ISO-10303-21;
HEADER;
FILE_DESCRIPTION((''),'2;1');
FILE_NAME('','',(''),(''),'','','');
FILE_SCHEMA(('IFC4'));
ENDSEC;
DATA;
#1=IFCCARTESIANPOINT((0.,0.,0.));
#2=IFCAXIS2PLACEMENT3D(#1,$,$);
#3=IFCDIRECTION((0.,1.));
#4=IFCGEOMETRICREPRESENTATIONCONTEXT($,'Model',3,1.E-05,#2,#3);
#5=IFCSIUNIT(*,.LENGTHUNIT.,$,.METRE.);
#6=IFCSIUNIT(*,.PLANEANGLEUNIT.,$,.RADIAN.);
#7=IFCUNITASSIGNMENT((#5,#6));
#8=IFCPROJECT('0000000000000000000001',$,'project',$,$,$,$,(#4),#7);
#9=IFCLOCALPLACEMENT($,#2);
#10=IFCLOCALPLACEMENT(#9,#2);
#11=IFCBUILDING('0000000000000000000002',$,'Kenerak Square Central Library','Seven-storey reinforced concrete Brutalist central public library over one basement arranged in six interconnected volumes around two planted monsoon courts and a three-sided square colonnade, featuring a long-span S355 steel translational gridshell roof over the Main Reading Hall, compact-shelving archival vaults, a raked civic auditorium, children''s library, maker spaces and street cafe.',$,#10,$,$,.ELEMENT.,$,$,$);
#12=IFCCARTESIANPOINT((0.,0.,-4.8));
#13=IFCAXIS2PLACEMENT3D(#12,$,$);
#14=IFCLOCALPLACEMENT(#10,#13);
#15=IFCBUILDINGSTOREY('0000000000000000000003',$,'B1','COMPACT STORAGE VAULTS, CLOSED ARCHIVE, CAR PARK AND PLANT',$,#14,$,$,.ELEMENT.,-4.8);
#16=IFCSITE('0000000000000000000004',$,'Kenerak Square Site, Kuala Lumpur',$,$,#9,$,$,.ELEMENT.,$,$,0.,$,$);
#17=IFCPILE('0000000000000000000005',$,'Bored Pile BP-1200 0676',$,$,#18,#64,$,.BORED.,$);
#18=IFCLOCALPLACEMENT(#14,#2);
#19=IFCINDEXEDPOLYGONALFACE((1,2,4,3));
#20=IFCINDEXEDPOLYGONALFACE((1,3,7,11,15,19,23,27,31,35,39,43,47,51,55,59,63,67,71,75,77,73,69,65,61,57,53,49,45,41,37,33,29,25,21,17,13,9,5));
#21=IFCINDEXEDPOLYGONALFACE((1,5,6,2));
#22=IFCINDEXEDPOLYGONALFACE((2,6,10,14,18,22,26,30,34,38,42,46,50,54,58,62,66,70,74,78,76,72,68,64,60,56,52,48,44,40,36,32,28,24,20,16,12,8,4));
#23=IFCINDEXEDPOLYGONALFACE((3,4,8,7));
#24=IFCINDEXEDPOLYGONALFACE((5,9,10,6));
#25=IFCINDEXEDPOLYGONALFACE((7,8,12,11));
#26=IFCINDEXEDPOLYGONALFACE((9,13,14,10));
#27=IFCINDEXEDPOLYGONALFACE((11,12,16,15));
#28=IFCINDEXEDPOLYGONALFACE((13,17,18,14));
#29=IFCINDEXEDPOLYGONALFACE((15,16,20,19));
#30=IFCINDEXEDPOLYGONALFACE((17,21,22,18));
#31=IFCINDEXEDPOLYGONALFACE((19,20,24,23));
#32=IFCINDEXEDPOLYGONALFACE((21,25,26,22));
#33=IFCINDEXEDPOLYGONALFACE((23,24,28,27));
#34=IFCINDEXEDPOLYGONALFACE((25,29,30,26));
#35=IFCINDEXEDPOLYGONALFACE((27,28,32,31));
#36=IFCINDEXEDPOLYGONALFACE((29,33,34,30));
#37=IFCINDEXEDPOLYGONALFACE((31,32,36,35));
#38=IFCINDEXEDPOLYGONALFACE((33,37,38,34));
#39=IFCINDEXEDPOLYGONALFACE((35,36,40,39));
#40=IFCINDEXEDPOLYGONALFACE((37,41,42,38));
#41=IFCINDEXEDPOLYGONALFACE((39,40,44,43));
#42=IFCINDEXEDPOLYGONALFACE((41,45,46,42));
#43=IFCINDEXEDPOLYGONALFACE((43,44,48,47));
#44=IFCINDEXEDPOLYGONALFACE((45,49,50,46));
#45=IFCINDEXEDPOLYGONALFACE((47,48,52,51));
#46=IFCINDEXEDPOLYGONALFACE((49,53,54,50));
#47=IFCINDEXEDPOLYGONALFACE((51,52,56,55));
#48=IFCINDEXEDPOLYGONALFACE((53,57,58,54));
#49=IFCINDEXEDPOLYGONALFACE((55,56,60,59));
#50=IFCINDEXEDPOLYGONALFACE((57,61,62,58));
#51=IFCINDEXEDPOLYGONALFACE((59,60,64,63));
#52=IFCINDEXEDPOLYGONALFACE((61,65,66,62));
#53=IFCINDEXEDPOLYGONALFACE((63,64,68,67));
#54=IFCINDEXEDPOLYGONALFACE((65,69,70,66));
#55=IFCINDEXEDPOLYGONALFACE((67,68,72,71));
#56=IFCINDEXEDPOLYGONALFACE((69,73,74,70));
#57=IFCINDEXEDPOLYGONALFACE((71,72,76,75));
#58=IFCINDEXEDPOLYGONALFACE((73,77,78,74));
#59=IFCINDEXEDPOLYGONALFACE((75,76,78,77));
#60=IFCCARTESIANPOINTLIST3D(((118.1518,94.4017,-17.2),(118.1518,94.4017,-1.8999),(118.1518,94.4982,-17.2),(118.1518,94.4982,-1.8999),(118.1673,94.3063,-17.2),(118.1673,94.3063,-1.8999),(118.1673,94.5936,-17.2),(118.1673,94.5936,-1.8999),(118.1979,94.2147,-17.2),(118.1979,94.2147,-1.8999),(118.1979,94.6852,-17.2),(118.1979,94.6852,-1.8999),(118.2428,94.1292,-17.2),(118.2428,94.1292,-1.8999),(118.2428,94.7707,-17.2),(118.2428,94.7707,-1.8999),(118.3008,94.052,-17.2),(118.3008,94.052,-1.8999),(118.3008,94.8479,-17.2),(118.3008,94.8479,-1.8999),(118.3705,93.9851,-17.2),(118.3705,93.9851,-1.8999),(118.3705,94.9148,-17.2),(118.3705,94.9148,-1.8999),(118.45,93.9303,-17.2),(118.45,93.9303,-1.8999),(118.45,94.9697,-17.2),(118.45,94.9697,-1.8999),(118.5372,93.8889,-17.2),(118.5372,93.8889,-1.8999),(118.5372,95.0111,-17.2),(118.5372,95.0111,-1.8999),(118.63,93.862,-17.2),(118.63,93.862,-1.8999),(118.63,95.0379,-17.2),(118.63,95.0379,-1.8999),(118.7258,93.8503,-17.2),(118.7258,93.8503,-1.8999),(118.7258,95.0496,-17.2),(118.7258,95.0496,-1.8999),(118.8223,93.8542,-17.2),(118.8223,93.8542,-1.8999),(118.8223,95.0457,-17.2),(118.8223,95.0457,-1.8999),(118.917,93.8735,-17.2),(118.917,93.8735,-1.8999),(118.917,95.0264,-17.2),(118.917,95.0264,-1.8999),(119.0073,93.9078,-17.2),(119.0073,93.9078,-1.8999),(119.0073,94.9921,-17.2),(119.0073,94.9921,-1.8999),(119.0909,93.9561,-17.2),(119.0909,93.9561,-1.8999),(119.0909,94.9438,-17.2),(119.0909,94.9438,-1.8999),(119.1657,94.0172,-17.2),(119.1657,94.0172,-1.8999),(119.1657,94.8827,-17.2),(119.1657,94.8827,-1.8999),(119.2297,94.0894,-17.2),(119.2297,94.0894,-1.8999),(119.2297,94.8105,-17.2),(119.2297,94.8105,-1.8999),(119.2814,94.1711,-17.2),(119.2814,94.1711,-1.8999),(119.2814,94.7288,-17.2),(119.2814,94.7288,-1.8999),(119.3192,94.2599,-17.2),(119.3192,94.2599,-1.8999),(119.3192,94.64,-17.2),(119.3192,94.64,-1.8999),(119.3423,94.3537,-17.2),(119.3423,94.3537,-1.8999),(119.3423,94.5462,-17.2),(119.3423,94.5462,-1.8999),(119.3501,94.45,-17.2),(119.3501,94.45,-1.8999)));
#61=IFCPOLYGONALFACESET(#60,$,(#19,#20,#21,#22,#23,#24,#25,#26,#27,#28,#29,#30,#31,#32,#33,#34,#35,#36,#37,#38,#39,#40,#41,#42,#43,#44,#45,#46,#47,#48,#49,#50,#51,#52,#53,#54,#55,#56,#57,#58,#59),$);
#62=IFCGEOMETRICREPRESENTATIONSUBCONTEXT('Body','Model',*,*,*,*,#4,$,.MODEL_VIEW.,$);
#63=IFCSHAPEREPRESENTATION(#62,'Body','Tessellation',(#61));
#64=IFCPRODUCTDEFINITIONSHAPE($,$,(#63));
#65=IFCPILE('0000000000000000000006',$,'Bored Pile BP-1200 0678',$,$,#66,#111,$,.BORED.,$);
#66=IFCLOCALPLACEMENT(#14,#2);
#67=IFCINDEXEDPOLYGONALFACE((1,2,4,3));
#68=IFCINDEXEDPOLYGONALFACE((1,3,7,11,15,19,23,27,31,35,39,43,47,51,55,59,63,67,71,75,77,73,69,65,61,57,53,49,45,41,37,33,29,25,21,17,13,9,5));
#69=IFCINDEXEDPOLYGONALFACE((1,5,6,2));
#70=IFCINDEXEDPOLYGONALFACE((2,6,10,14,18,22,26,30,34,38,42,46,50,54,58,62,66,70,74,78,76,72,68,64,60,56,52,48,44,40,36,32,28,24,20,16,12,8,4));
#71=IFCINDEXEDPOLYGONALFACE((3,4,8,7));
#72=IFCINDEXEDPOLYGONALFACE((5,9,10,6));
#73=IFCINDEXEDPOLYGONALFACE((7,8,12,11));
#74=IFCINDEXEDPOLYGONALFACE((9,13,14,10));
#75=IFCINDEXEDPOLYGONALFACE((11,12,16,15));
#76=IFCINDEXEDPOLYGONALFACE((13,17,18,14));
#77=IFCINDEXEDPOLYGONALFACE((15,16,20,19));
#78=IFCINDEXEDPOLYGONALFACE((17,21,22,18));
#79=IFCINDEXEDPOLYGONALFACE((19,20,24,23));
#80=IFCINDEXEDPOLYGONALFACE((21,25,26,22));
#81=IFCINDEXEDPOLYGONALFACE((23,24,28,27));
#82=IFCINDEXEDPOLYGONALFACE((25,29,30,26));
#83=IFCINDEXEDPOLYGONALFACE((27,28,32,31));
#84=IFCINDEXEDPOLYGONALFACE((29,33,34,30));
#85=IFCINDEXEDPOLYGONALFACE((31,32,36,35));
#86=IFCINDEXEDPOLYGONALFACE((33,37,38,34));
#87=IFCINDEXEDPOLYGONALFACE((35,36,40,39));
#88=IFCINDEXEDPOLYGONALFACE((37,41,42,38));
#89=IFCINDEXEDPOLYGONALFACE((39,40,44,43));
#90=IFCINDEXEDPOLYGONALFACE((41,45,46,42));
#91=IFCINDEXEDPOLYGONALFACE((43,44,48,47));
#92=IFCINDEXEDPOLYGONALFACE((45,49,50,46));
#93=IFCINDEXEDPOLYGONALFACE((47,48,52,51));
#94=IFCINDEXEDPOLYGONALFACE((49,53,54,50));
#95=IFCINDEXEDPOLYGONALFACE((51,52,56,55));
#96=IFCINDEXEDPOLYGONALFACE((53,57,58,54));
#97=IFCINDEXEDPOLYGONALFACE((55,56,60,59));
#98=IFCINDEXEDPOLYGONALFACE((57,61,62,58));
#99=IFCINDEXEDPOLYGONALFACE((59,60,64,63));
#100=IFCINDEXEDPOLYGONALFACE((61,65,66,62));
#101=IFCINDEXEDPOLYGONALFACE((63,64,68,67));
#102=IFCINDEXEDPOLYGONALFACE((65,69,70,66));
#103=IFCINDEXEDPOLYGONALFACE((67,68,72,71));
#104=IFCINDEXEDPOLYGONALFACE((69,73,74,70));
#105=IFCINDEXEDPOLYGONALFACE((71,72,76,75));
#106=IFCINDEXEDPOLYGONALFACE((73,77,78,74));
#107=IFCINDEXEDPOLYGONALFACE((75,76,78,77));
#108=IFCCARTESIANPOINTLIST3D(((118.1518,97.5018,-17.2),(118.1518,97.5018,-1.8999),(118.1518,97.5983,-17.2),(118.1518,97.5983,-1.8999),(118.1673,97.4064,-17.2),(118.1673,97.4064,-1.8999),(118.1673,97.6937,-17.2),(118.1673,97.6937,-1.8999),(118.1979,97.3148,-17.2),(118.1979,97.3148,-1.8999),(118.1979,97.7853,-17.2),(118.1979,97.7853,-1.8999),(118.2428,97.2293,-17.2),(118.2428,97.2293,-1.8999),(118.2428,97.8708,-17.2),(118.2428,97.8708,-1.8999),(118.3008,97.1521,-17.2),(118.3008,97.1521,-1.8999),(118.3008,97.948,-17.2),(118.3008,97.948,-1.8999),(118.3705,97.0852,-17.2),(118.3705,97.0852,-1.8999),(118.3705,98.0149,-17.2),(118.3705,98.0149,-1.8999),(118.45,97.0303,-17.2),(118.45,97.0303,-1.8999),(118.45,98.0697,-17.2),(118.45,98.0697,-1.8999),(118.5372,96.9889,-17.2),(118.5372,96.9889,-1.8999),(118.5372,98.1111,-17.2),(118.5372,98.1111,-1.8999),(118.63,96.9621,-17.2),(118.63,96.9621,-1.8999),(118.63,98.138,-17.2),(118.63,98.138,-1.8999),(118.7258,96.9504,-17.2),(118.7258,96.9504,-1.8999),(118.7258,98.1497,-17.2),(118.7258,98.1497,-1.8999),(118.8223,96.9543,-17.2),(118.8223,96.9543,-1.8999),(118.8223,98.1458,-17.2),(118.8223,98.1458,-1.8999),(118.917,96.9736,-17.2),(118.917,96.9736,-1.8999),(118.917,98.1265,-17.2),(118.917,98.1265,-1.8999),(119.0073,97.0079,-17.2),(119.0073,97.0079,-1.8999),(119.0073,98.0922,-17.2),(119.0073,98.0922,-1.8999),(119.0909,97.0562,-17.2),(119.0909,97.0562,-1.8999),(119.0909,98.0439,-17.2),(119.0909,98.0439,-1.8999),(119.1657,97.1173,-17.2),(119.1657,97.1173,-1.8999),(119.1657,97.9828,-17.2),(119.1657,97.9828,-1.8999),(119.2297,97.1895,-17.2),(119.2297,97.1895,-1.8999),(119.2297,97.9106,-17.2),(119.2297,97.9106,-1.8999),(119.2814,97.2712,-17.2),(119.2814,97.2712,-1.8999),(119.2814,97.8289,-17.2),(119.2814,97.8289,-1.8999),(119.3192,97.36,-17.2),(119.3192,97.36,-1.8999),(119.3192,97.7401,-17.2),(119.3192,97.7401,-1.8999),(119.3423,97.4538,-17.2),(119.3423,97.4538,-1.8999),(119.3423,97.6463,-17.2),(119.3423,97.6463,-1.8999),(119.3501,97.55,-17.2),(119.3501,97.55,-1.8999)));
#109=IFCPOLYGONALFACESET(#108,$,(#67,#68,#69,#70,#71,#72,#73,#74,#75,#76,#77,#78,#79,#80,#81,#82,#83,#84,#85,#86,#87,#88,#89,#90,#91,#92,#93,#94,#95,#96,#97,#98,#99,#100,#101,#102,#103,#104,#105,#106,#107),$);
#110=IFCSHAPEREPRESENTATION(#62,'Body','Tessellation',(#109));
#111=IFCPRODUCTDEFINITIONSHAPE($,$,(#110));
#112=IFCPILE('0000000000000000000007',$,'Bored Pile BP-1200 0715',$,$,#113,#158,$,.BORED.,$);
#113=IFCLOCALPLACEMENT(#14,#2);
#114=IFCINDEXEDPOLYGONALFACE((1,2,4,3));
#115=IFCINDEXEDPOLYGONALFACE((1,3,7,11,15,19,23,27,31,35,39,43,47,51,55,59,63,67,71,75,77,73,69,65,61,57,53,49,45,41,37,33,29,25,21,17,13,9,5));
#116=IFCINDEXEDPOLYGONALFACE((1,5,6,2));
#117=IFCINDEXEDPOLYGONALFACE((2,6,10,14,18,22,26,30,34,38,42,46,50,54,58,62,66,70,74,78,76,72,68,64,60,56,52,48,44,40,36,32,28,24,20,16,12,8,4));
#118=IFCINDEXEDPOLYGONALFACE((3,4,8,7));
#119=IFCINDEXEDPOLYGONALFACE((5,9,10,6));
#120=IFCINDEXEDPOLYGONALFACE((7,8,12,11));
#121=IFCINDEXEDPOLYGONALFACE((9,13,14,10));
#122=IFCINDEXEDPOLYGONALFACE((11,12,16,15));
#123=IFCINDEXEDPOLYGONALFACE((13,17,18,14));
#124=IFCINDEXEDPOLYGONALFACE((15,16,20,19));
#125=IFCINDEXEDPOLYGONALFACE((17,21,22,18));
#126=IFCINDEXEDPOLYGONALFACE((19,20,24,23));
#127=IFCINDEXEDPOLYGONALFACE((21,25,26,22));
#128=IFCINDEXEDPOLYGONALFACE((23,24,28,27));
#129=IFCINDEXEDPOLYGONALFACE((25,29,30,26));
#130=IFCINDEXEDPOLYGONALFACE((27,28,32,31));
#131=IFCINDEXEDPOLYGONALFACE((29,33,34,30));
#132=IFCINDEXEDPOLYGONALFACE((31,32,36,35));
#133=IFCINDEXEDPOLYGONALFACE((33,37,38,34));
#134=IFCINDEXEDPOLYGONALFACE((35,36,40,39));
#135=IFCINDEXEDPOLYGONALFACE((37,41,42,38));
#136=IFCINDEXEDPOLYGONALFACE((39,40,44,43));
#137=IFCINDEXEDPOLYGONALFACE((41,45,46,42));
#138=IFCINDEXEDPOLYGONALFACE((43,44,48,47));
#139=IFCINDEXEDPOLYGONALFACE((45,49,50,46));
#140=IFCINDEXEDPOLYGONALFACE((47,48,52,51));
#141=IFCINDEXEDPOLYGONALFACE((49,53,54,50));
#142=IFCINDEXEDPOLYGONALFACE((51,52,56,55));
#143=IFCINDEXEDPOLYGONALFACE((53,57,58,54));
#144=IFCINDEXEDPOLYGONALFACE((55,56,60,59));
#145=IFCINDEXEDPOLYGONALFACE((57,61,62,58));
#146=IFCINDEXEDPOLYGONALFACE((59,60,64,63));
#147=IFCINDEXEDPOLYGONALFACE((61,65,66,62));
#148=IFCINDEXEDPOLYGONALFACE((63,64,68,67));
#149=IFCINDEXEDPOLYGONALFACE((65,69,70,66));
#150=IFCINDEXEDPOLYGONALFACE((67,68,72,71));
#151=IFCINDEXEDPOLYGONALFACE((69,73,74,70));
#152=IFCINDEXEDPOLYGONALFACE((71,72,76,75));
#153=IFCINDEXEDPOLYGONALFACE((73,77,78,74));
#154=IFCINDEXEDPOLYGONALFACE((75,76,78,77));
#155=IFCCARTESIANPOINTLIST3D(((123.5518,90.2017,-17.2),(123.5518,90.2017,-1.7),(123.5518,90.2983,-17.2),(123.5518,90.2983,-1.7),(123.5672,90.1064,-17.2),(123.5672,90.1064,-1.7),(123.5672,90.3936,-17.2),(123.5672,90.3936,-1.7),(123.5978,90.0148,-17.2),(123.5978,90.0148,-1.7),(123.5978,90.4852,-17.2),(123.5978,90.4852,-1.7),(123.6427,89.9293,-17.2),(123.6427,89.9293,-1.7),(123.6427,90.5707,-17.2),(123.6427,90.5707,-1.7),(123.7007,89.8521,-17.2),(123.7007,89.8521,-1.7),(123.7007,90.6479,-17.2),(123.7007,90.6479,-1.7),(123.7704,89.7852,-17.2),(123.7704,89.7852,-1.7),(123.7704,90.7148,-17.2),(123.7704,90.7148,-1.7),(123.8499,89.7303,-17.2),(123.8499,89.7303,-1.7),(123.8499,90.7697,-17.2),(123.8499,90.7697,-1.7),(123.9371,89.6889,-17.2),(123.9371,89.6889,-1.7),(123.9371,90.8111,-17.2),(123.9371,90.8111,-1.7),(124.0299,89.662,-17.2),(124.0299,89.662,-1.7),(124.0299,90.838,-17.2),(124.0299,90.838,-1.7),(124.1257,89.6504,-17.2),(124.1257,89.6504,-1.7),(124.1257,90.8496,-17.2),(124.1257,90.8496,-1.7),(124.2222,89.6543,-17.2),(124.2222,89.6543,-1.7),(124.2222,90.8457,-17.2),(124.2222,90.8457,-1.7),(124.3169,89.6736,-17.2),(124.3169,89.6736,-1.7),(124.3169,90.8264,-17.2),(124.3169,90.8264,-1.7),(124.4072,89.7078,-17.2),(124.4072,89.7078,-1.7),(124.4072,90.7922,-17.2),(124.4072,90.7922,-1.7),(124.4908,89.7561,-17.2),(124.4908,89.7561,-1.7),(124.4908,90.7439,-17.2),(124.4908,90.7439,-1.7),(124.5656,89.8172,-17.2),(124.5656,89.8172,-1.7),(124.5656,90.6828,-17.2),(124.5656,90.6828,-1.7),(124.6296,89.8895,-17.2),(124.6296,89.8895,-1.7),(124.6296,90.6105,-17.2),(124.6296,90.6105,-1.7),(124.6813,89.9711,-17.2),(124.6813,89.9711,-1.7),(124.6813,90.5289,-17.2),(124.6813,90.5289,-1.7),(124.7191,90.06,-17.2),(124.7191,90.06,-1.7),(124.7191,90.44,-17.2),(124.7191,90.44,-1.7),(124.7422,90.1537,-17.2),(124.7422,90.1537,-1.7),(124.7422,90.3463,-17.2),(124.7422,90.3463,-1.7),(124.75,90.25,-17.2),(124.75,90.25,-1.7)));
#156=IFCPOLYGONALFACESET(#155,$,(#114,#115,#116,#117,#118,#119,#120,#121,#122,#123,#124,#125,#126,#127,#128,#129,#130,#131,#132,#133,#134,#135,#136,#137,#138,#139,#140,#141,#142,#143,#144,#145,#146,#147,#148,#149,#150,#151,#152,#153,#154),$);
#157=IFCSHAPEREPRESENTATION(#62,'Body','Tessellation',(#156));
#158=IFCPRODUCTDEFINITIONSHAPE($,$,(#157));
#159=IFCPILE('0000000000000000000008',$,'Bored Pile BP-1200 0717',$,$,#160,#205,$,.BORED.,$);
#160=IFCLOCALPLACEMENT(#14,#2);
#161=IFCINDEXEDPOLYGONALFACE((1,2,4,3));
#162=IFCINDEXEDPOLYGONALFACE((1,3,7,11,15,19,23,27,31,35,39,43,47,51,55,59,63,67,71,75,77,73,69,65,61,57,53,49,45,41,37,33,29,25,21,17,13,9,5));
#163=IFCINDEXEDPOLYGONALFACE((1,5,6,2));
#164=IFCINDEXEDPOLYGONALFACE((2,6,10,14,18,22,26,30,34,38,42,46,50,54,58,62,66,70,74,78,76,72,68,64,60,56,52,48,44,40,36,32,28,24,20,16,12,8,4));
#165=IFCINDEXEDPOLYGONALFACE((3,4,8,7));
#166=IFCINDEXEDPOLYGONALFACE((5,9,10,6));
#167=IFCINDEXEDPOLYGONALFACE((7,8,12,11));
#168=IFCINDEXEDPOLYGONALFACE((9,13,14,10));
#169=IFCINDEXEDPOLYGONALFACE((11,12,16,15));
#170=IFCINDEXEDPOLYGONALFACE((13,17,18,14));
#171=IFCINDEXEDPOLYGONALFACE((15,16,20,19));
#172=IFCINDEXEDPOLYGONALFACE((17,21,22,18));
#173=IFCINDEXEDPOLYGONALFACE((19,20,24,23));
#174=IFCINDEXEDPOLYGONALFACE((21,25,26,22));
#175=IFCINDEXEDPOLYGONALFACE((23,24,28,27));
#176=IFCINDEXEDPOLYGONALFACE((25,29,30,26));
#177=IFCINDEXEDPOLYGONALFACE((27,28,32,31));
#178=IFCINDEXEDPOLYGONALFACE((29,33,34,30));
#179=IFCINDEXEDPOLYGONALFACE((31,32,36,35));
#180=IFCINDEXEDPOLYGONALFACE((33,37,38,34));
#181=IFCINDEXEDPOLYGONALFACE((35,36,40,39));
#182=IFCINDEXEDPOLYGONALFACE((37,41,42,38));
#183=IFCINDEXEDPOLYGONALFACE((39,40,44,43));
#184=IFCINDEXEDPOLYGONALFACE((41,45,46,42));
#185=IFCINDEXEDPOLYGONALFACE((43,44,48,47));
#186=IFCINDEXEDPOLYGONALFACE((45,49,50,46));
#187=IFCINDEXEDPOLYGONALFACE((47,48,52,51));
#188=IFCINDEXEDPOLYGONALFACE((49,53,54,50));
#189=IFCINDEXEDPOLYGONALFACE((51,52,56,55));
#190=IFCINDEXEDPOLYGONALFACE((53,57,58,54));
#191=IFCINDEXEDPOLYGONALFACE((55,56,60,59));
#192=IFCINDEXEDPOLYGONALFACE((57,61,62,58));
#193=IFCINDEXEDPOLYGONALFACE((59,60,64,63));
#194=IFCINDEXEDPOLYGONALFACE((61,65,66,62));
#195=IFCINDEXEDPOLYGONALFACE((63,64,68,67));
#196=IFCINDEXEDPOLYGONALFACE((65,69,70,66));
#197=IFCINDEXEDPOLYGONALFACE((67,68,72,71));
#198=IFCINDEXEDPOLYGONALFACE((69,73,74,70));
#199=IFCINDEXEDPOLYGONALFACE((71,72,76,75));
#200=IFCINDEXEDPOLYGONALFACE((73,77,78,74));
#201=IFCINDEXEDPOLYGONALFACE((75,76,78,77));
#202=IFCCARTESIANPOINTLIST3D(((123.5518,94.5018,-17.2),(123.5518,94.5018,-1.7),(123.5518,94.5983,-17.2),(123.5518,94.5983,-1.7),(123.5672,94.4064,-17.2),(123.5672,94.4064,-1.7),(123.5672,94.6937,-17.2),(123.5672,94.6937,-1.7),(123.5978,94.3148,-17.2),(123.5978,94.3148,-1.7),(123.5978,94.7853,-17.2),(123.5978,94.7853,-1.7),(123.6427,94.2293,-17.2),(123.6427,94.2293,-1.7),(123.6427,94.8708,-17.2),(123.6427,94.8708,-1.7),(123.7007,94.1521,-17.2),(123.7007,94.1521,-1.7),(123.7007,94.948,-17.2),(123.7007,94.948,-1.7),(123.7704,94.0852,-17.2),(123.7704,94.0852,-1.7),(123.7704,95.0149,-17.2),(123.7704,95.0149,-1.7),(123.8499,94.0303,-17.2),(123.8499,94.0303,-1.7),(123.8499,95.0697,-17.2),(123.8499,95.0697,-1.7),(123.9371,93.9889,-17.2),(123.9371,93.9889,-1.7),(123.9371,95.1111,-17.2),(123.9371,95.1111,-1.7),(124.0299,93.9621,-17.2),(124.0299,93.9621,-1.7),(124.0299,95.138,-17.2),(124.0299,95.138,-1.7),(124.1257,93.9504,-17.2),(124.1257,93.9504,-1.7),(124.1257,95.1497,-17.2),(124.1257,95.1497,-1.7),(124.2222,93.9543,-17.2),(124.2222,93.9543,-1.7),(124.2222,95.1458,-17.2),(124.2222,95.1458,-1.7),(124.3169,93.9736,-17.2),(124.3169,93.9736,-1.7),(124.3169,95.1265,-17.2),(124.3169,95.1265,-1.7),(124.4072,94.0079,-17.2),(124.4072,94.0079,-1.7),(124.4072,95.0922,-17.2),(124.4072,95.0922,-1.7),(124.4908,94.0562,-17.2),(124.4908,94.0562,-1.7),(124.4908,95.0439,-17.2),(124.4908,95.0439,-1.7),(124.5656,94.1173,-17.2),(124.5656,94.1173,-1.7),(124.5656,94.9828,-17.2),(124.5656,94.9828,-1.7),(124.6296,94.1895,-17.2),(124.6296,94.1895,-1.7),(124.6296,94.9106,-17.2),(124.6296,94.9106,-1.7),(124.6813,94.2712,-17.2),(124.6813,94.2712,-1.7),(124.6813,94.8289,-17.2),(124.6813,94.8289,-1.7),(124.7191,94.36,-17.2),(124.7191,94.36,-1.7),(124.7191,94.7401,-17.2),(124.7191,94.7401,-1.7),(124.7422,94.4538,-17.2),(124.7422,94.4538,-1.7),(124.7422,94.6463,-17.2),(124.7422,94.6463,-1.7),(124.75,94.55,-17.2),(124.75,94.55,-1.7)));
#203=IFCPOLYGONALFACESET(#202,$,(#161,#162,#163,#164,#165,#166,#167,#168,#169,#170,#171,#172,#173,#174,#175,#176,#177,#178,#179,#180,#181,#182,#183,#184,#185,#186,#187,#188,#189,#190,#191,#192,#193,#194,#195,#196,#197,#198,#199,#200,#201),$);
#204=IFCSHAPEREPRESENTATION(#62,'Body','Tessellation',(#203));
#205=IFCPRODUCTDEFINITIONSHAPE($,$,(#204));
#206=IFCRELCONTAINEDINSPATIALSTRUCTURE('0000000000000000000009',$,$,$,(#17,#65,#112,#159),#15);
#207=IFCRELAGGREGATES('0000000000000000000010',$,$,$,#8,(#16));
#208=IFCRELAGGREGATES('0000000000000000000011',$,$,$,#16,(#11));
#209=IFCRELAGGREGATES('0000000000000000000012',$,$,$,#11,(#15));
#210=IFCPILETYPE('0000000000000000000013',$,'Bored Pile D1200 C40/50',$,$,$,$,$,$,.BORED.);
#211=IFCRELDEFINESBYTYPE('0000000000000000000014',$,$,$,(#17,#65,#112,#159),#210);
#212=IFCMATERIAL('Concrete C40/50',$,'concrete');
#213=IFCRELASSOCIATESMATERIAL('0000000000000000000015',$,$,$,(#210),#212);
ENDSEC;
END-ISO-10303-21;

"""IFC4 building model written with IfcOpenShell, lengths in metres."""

from ifc_helpers import new_model, si_unit, direction, frame, origin, origin_2d, place, context, subcontext, project, spatial, circle, extrude, material, material_profile, profile_set, type_object, element, save


model = new_model("IFC4")

# Units and contexts
model_context = context("Model", 3, precision=1e-05, world=origin(), true_north=direction((0.0, 1.0)))
body_context = subcontext(model_context, "Body", "Model", "MODEL_VIEW")
ifc_project = project(units=[si_unit("LENGTHUNIT", "METRE"), si_unit("PLANEANGLEUNIT", "RADIAN")], contexts=[model_context])

# Site, building, storey
site_placement = place(None, origin())
site = spatial("IfcSite", under=ifc_project, at=site_placement, Name="Kenerak Square Site, Kuala Lumpur", CompositionType="ELEMENT", RefElevation=0.0)
building_placement = place(site_placement, origin())
building = spatial("IfcBuilding", under=site, at=building_placement, Name="Kenerak Square Central Library", Description="Seven-storey reinforced concrete Brutalist central public library over one basement arranged in six interconnected volumes around two planted monsoon courts and a three-sided square colonnade, featuring a long-span S355 steel translational gridshell roof over the Main Reading Hall, compact-shelving archival vaults, a raked civic auditorium, children's library, maker spaces and street cafe.", CompositionType="ELEMENT")
storey_placement = place(building_placement, frame((0.0, 0.0, -4.8)))
storey = spatial("IfcBuildingStorey", under=building, at=storey_placement, Name="B1", Description="COMPACT STORAGE VAULTS, CLOSED ARCHIVE, CAR PARK AND PLANT", CompositionType="ELEMENT", Elevation=-4.8)

# Piles
ifc_material_1 = material(Name="Concrete C40/50", Category="concrete")
ifc_material_profile_1 = material_profile(ifc_material_1, circle(Radius=0.6001, at=origin_2d()), Name="BP D1200")
ifc_profile_set_1 = profile_set([ifc_material_profile_1], Name="Concrete C40/50")
pile_type = type_object("IfcPileType", Name="Bored Pile D1200 C40/50", PredefinedType="BORED", material=ifc_profile_set_1)
for number, where, z_axis, x_axis, name in (
    (1, (118.75, 94.45, -1.8999), (0.0, 0.0, -1.0), (1.0, 0.0, 0.0), "Bored Pile BP-1200 0676"),
    (2, (118.75, 97.55, -1.8999), (0.0, 0.0, -1.0), (1.0, 0.0, 0.0), "Bored Pile BP-1200 0678"),
):
    element("IfcPile", number, at=place(storey_placement, frame(where, z_axis=z_axis, x_axis=x_axis)), inside=storey, type_object=pile_type, Name=name, PredefinedType="BORED", context=body_context, shape_type="SweptSolid", body=[
        extrude(circle(Radius=0.6001, at=origin_2d()), origin(), (0.0, 0.0, 1.0), 15.3),
    ])
for number, where, z_axis, x_axis, name in (
    (3, (124.1499, 90.25, -1.7), (0.0, 0.0, -1.0), (1.0, 0.0, 0.0), "Bored Pile BP-1200 0715"),
    (4, (124.1499, 94.55, -1.7), (0.0, 0.0, -1.0), (1.0, 0.0, 0.0), "Bored Pile BP-1200 0717"),
):
    element("IfcPile", number, at=place(storey_placement, frame(where, z_axis=z_axis, x_axis=x_axis)), inside=storey, type_object=pile_type, Name=name, PredefinedType="BORED", context=body_context, shape_type="SweptSolid", body=[
        extrude(circle(Radius=0.6001, at=origin_2d()), origin(), (0.0, 0.0, 1.0), 15.5),
    ])

save(model, "model.ifc")
